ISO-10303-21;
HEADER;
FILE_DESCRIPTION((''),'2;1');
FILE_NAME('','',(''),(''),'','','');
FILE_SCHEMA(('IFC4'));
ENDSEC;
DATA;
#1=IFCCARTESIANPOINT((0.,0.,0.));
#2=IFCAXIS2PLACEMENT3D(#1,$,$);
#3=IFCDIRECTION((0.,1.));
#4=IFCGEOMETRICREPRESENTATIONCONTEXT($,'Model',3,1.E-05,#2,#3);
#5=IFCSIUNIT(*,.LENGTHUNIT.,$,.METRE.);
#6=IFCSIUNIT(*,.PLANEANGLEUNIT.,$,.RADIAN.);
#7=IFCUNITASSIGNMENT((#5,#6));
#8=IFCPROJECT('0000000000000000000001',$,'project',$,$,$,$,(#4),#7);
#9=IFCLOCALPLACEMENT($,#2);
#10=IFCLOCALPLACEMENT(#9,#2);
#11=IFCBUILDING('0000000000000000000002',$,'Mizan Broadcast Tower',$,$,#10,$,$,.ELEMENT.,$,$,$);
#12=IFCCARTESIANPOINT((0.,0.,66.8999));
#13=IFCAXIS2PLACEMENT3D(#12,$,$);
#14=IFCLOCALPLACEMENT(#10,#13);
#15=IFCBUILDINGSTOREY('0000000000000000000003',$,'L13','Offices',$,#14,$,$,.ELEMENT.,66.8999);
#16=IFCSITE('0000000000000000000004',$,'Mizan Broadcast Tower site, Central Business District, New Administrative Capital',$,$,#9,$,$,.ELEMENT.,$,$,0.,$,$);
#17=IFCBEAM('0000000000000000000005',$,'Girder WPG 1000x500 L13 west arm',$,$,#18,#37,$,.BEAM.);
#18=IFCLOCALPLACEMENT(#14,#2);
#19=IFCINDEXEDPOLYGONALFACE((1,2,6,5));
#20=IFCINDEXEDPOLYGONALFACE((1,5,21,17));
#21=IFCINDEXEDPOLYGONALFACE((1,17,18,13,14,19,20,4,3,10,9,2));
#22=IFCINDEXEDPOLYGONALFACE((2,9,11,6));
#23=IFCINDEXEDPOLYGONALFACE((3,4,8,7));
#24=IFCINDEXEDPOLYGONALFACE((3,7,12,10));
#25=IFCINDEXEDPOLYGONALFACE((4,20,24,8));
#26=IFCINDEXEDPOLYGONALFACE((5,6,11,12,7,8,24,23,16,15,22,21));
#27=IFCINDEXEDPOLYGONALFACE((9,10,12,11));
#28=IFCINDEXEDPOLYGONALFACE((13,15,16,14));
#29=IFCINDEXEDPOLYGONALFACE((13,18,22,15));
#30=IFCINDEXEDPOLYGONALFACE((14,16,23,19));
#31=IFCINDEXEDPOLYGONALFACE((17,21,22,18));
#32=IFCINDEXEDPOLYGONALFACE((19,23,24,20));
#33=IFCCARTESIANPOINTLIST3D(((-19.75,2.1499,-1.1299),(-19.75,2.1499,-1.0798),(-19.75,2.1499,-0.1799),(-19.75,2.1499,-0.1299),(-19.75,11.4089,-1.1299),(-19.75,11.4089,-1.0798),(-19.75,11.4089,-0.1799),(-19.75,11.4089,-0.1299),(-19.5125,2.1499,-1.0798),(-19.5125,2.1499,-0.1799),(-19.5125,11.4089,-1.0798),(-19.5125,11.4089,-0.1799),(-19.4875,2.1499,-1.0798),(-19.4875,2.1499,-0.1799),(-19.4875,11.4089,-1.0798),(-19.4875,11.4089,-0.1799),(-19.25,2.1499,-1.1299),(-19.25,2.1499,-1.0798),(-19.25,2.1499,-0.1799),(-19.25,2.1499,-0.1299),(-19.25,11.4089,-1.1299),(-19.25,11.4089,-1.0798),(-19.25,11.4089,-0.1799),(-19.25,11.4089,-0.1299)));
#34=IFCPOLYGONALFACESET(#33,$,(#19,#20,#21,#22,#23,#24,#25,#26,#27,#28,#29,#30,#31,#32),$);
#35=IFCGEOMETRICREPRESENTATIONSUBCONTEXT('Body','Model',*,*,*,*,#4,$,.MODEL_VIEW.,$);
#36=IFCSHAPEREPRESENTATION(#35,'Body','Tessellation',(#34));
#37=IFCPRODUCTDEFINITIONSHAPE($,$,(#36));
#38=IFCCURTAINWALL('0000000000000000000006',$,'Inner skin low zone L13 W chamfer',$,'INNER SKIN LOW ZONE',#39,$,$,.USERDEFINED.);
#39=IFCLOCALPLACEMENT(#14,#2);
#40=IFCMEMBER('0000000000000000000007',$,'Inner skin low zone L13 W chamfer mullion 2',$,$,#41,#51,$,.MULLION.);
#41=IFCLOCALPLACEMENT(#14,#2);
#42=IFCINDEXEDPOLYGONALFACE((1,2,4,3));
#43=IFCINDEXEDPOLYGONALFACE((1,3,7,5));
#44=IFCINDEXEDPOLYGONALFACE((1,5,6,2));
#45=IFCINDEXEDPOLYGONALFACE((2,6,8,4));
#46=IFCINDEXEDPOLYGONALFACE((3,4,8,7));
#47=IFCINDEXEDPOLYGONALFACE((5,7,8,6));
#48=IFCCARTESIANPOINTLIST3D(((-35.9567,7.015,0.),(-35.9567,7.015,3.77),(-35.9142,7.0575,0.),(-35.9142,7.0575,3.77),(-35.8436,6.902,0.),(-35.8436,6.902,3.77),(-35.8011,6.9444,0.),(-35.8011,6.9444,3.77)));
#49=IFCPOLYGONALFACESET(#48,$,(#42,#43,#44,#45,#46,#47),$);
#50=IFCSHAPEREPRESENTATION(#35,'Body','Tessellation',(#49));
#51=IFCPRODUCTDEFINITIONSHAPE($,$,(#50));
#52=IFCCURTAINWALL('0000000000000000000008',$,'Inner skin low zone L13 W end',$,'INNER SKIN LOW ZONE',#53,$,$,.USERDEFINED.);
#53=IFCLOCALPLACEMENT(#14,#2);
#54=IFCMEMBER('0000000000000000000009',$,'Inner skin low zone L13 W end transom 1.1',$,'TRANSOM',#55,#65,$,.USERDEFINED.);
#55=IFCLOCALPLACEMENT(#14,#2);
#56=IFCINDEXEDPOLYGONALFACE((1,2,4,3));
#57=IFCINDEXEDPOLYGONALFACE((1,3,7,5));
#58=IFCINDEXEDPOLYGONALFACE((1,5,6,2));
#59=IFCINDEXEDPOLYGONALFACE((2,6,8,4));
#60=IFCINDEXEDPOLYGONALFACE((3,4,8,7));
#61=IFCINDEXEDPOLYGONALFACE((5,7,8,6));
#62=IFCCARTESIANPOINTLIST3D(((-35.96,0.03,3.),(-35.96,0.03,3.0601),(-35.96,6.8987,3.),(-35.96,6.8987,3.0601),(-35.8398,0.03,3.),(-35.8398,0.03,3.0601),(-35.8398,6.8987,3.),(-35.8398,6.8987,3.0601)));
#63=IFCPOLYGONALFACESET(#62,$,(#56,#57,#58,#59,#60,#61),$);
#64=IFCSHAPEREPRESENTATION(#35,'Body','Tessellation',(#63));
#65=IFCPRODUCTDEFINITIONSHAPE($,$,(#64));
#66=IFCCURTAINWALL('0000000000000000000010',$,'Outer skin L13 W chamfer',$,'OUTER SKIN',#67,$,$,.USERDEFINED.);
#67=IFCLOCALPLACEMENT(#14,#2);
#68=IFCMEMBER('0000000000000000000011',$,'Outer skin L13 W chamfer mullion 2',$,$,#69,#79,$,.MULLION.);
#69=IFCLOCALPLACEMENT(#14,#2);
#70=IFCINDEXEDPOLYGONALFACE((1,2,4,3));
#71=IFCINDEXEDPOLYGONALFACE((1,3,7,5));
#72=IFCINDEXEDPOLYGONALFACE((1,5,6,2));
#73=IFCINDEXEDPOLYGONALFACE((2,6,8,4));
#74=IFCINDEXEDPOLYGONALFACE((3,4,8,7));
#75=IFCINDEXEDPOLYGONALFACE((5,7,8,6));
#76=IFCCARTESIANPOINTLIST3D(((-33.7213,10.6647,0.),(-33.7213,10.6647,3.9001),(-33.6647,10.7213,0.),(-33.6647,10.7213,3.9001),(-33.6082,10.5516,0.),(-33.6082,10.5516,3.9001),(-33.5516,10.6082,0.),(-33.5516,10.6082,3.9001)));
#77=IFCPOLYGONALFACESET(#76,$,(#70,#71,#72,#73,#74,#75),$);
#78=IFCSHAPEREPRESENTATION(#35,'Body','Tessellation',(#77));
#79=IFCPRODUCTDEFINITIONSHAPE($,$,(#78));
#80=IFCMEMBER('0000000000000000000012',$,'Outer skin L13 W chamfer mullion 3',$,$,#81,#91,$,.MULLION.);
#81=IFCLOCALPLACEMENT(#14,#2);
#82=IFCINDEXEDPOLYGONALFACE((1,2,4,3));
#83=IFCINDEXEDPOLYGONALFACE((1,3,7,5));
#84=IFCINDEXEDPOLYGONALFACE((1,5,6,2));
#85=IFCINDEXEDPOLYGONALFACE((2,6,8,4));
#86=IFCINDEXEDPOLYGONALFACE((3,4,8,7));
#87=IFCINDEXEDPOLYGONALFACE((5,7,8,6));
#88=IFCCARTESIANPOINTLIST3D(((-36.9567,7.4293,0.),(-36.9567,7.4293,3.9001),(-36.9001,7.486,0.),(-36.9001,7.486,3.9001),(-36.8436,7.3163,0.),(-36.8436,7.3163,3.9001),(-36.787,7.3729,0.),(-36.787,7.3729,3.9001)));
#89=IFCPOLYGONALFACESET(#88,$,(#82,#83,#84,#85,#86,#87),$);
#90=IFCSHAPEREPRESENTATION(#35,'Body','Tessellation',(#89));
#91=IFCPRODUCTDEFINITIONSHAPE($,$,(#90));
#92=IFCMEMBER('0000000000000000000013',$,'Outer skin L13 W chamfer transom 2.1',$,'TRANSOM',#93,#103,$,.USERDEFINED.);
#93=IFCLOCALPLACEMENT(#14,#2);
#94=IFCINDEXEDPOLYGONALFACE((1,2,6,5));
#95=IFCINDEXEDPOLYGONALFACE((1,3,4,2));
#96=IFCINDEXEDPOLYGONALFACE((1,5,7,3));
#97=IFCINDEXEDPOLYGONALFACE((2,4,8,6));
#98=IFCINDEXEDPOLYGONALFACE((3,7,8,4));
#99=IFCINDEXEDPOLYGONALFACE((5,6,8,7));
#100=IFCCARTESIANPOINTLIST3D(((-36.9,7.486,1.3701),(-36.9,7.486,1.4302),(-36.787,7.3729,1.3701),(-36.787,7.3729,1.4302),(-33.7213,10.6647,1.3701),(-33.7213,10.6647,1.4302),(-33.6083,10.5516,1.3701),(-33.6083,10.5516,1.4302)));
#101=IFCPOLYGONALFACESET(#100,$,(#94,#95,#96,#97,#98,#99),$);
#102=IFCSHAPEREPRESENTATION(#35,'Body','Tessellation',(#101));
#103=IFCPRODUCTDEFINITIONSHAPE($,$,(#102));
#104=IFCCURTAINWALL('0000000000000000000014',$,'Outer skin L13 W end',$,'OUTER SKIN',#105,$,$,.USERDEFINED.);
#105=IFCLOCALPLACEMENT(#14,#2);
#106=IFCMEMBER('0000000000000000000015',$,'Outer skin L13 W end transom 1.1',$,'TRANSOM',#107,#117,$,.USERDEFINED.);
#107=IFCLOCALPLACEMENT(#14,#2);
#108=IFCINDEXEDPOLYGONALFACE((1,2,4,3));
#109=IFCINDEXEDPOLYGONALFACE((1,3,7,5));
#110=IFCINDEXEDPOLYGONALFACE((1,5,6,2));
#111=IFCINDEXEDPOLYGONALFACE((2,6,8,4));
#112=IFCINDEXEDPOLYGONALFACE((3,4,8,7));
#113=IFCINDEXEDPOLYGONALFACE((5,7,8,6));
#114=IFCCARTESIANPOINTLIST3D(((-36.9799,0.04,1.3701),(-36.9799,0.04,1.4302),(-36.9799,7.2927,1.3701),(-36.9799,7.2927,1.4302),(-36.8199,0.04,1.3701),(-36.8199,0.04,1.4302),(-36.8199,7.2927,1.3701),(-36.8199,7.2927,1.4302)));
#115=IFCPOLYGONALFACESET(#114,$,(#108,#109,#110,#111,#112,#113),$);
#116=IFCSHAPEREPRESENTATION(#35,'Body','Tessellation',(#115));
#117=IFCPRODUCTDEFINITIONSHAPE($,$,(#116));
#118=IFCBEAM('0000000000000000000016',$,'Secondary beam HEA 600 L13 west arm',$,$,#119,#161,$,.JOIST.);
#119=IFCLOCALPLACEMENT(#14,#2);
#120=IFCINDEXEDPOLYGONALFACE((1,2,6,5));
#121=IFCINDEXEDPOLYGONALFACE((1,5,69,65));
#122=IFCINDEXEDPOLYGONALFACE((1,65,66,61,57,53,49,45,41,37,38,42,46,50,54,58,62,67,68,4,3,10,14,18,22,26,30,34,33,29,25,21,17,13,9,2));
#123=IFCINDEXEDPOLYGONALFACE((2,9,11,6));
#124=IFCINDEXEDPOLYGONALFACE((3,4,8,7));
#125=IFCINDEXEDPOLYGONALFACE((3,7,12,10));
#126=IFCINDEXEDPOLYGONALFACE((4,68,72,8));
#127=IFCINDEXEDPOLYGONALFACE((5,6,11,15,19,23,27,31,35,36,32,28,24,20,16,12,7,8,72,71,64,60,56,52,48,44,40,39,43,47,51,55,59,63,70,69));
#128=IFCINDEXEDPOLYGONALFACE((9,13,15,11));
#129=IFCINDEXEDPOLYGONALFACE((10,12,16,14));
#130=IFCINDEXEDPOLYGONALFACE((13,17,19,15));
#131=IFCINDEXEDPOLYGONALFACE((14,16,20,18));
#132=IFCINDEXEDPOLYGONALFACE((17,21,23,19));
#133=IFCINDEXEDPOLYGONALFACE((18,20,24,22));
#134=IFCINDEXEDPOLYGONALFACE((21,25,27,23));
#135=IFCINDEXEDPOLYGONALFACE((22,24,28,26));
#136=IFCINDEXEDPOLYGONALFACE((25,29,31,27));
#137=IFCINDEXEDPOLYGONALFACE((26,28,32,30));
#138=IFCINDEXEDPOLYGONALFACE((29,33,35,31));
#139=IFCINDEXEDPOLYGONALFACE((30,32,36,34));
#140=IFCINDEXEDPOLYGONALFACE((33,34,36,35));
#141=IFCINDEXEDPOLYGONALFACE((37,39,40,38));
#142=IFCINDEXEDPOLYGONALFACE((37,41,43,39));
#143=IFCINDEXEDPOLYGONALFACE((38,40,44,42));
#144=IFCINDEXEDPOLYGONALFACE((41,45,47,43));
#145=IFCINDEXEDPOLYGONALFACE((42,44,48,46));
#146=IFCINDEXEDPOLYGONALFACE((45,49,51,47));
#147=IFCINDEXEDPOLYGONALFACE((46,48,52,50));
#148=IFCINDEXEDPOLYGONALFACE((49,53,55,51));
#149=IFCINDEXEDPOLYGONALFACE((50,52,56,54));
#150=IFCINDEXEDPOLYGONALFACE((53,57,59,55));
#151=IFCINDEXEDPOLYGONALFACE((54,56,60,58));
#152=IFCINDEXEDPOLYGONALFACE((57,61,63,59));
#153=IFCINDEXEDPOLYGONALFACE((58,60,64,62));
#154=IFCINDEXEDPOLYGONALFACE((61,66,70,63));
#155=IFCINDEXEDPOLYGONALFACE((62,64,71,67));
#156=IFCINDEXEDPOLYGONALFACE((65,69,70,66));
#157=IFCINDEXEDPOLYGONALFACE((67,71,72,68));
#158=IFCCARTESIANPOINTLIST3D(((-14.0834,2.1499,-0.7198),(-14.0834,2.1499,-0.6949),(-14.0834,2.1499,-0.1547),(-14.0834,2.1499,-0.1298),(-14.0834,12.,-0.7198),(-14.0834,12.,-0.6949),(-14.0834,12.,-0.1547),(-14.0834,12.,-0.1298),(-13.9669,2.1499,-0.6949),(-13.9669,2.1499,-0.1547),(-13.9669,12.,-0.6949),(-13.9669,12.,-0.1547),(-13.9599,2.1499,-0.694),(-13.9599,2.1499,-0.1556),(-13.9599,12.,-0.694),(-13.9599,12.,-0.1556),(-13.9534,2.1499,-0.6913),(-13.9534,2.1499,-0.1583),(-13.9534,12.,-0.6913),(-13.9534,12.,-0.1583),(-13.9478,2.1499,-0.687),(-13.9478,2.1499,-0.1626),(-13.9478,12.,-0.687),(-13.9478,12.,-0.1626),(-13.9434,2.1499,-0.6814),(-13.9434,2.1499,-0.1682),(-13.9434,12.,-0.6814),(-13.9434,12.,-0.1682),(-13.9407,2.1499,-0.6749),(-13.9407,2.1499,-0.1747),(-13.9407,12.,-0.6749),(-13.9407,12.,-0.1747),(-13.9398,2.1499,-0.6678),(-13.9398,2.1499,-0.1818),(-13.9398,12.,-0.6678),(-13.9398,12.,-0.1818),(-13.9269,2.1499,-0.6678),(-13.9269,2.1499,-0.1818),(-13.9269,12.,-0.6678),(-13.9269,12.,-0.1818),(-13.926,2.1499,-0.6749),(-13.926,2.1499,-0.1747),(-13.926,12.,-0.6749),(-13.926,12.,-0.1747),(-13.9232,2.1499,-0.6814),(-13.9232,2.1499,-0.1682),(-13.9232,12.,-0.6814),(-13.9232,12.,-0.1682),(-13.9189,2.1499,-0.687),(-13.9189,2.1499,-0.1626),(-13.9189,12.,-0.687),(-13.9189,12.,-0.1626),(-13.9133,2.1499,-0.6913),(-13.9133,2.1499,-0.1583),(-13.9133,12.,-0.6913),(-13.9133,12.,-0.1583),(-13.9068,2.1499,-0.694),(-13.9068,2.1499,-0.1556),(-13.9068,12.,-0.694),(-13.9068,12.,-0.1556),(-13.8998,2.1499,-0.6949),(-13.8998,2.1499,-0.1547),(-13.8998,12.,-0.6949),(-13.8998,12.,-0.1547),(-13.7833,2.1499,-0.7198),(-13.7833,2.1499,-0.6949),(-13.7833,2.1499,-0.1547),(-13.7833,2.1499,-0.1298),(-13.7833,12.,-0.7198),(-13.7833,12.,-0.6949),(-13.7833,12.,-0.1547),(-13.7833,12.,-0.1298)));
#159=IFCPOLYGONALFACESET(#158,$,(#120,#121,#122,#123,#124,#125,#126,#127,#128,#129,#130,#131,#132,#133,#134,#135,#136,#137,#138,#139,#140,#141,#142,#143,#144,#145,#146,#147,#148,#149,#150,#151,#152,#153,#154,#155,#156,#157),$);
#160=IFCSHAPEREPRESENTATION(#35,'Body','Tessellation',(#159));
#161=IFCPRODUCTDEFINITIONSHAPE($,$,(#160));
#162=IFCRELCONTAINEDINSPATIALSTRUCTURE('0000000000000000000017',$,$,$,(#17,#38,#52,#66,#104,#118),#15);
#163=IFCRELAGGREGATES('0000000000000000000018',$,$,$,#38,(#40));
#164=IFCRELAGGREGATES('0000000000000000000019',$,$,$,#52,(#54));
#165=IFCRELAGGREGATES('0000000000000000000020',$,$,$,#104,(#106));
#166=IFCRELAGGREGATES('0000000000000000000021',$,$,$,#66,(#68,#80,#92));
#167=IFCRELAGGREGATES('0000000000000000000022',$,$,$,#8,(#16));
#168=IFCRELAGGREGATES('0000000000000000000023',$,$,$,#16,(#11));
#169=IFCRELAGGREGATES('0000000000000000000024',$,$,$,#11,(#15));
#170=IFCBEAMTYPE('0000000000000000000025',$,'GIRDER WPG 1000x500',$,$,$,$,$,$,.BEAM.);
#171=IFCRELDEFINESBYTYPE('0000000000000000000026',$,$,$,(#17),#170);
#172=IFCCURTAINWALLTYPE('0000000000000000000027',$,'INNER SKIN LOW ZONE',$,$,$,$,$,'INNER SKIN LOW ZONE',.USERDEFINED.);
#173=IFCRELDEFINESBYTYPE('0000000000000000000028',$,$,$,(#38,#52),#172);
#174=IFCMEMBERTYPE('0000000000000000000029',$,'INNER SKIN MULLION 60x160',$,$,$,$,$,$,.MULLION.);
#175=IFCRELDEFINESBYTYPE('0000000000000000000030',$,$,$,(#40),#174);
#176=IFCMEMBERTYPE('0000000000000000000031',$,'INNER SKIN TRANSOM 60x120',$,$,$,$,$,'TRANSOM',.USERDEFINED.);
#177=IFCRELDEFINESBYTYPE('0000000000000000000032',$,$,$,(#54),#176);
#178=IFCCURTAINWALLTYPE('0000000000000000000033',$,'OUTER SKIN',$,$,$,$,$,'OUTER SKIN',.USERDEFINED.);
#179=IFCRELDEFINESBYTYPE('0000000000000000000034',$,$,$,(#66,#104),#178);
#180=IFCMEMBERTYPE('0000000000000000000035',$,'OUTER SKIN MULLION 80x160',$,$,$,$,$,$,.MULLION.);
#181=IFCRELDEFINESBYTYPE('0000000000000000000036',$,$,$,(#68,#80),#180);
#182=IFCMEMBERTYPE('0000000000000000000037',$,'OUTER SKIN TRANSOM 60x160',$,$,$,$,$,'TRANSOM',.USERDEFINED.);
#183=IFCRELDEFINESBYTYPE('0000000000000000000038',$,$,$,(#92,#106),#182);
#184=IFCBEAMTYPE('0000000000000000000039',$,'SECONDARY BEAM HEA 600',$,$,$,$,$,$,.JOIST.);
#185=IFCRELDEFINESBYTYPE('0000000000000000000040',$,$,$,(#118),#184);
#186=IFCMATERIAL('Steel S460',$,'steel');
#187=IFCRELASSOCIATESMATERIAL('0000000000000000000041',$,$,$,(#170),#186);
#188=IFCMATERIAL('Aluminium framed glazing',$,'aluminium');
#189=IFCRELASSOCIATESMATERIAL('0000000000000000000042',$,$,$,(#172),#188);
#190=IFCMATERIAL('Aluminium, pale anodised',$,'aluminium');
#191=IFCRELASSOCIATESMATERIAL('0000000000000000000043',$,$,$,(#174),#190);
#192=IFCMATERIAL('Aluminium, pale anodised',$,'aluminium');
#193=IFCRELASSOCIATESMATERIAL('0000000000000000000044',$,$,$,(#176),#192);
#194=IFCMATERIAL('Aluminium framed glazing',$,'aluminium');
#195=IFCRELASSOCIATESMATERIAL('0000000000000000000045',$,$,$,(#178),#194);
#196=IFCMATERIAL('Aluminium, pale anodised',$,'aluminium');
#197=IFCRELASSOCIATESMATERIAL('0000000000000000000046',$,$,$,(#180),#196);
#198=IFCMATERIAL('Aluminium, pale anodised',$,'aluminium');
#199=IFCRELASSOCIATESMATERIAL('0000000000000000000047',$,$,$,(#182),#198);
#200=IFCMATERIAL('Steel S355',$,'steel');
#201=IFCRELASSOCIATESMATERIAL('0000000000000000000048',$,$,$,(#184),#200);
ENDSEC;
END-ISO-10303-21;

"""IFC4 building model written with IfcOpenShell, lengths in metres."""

from ifc_helpers import new_model, si_unit, direction, frame, origin, origin_2d, place, context, subcontext, project, spatial, rectangle, i_section, extrude, material, material_profile, profile_set, type_object, element, aggregate, save


model = new_model("IFC4")

# Units and contexts
model_context = context("Model", 3, precision=1e-05, world=origin(), true_north=direction((0.0, 1.0)))
body_context = subcontext(model_context, "Body", "Model", "MODEL_VIEW")
ifc_project = project(units=[si_unit("LENGTHUNIT", "METRE"), si_unit("PLANEANGLEUNIT", "RADIAN")], contexts=[model_context])

# Site, building, storey
site_placement = place(None, origin())
site = spatial("IfcSite", under=ifc_project, at=site_placement, Name="Mizan Broadcast Tower site, Central Business District, New Administrative Capital", CompositionType="ELEMENT", RefElevation=0.0)
building_placement = place(site_placement, origin())
building = spatial("IfcBuilding", under=site, at=building_placement, Name="Mizan Broadcast Tower", CompositionType="ELEMENT")
storey_placement = place(building_placement, frame((0.0, 0.0, 66.8999)))
storey = spatial("IfcBuildingStorey", under=building, at=storey_placement, Name="L13", Description="Offices", CompositionType="ELEMENT", Elevation=66.8999)

# Beam
ifc_material_1 = material(Name="Steel S460", Category="steel")
ifc_material_profile_1 = material_profile(ifc_material_1, i_section(OverallWidth=0.5, OverallDepth=1.0, WebThickness=0.0249, FlangeThickness=0.05, at=origin_2d()), Name="WPG 1000x500")
ifc_profile_set_1 = profile_set([ifc_material_profile_1], Name="Steel S460")
beam_type_1 = type_object("IfcBeamType", Name="GIRDER WPG 1000x500", PredefinedType="BEAM", material=ifc_profile_set_1)
beam_1_placement = place(storey_placement, frame((-19.5, 11.4089, -0.6299), z_axis=(0.0, -1.0, 0.0), x_axis=(1.0, 0.0, 0.0)))
element("IfcBeam", 1, at=beam_1_placement, inside=storey, type_object=beam_type_1, Name="Girder WPG 1000x500 L13 west arm", PredefinedType="BEAM", context=body_context, shape_type="SweptSolid", body=[
    extrude(i_section(OverallWidth=0.5, OverallDepth=1.0, WebThickness=0.0249, FlangeThickness=0.05, at=origin_2d()), origin(), (0.0, 0.0, 1.0), 9.259),
])

# Curtain walls, members
ifc_material_2 = material(Name="Aluminium framed glazing", Category="aluminium")
curtain_wall_type_1 = type_object("IfcCurtainWallType", Name="INNER SKIN LOW ZONE", ElementType="INNER SKIN LOW ZONE", PredefinedType="USERDEFINED", material=ifc_material_2)
curtain_wall_1_placement = place(storey_placement, origin())
curtain_wall_1 = element("IfcCurtainWall", 2, at=curtain_wall_1_placement, inside=storey, type_object=curtain_wall_type_1, Name="Inner skin low zone L13 W chamfer", ObjectType="INNER SKIN LOW ZONE", PredefinedType="USERDEFINED")
ifc_material_3 = material(Name="Aluminium, pale anodised", Category="aluminium")
ifc_material_profile_2 = material_profile(ifc_material_3, rectangle(XDim=0.1599, YDim=0.0601, at=origin_2d()), Name="MULLION 160x60")
ifc_profile_set_2 = profile_set([ifc_material_profile_2], Name="Aluminium, pale anodised")
member_type_1 = type_object("IfcMemberType", Name="INNER SKIN MULLION 60x160", PredefinedType="MULLION", material=ifc_profile_set_2)
member_1_placement = place(storey_placement, frame((-35.8789, 6.9797, 0.0), z_axis=(0.0, 0.0, 1.0), x_axis=(0.707107, -0.707107, 0.0)))
member_1 = element("IfcMember", 3, at=member_1_placement, type_object=member_type_1, Name="Inner skin low zone L13 W chamfer mullion 2", PredefinedType="MULLION", context=body_context, shape_type="SweptSolid", body=[
    extrude(rectangle(XDim=0.1599, YDim=0.0601, at=origin_2d()), origin(), (0.0, 0.0, 1.0), 3.77),
])
curtain_wall_2_placement = place(storey_placement, origin())
curtain_wall_2 = element("IfcCurtainWall", 4, at=curtain_wall_2_placement, inside=storey, type_object=curtain_wall_type_1, Name="Inner skin low zone L13 W end", ObjectType="INNER SKIN LOW ZONE", PredefinedType="USERDEFINED")
ifc_material_4 = material(Name="Aluminium, pale anodised", Category="aluminium")
ifc_material_profile_3 = material_profile(ifc_material_4, rectangle(XDim=0.1201, YDim=0.0601, at=origin_2d()), Name="TRANSOM 120x60")
ifc_profile_set_3 = profile_set([ifc_material_profile_3], Name="Aluminium, pale anodised")
member_type_2 = type_object("IfcMemberType", Name="INNER SKIN TRANSOM 60x120", ElementType="TRANSOM", PredefinedType="USERDEFINED", material=ifc_profile_set_3)
member_2_placement = place(storey_placement, frame((-35.8999, 6.8987, 3.03), z_axis=(0.0, -1.0, 0.0), x_axis=(1.0, 0.0, 0.0)))
member_2 = element("IfcMember", 5, at=member_2_placement, type_object=member_type_2, Name="Inner skin low zone L13 W end transom 1.1", ObjectType="TRANSOM", PredefinedType="USERDEFINED", context=body_context, shape_type="SweptSolid", body=[
    extrude(rectangle(XDim=0.1201, YDim=0.0601, at=origin_2d()), origin(), (0.0, 0.0, 1.0), 6.8687),
])

# Curtain wall, members
ifc_material_5 = material(Name="Aluminium framed glazing", Category="aluminium")
curtain_wall_type_2 = type_object("IfcCurtainWallType", Name="OUTER SKIN", ElementType="OUTER SKIN", PredefinedType="USERDEFINED", material=ifc_material_5)
curtain_wall_3_placement = place(storey_placement, origin())
curtain_wall_3 = element("IfcCurtainWall", 6, at=curtain_wall_3_placement, inside=storey, type_object=curtain_wall_type_2, Name="Outer skin L13 W chamfer", ObjectType="OUTER SKIN", PredefinedType="USERDEFINED")
ifc_material_6 = material(Name="Aluminium, pale anodised", Category="aluminium")
ifc_material_profile_4 = material_profile(ifc_material_6, rectangle(XDim=0.1599, YDim=0.0801, at=origin_2d()), Name="MULLION 160x80")
ifc_profile_set_4 = profile_set([ifc_material_profile_4], Name="Aluminium, pale anodised")
member_type_3 = type_object("IfcMemberType", Name="OUTER SKIN MULLION 80x160", PredefinedType="MULLION", material=ifc_profile_set_4)
member_3_placement = place(storey_placement, frame((-33.6365, 10.6365, 0.0), z_axis=(0.0, 0.0, 1.0), x_axis=(0.707107, -0.707107, 0.0)))
member_3 = element("IfcMember", 7, at=member_3_placement, type_object=member_type_3, Name="Outer skin L13 W chamfer mullion 2", PredefinedType="MULLION", context=body_context, shape_type="SweptSolid", body=[
    extrude(rectangle(XDim=0.1599, YDim=0.0801, at=origin_2d()), origin(), (0.0, 0.0, 1.0), 3.9001),
])
member_4_placement = place(storey_placement, frame((-36.8718, 7.4011, 0.0), z_axis=(0.0, 0.0, 1.0), x_axis=(0.707107, -0.707107, 0.0)))
member_4 = element("IfcMember", 8, at=member_4_placement, type_object=member_type_3, Name="Outer skin L13 W chamfer mullion 3", PredefinedType="MULLION", context=body_context, shape_type="SweptSolid", body=[
    extrude(rectangle(XDim=0.1599, YDim=0.0801, at=origin_2d()), origin(), (0.0, 0.0, 1.0), 3.9001),
])
ifc_material_7 = material(Name="Aluminium, pale anodised", Category="aluminium")
ifc_material_profile_5 = material_profile(ifc_material_7, rectangle(XDim=0.1599, YDim=0.0601, at=origin_2d()), Name="TRANSOM 160x60")
ifc_profile_set_5 = profile_set([ifc_material_profile_5], Name="Aluminium, pale anodised")
member_type_4 = type_object("IfcMemberType", Name="OUTER SKIN TRANSOM 60x160", ElementType="TRANSOM", PredefinedType="USERDEFINED", material=ifc_profile_set_5)
member_5_placement = place(storey_placement, frame((-33.6648, 10.6082, 1.4001), z_axis=(-0.707107, -0.707107, 0.0), x_axis=(0.707107, -0.707107, 0.0)))
member_5 = element("IfcMember", 9, at=member_5_placement, type_object=member_type_4, Name="Outer skin L13 W chamfer transom 2.1", ObjectType="TRANSOM", PredefinedType="USERDEFINED", context=body_context, shape_type="SweptSolid", body=[
    extrude(rectangle(XDim=0.1599, YDim=0.0601, at=origin_2d()), origin(), (0.0, 0.0, 1.0), 4.4954),
])

# Curtain wall, member
curtain_wall_4_placement = place(storey_placement, origin())
curtain_wall_4 = element("IfcCurtainWall", 10, at=curtain_wall_4_placement, inside=storey, type_object=curtain_wall_type_2, Name="Outer skin L13 W end", ObjectType="OUTER SKIN", PredefinedType="USERDEFINED")
member_6_placement = place(storey_placement, frame((-36.8999, 7.2927, 1.4001), z_axis=(0.0, -1.0, 0.0), x_axis=(1.0, 0.0, 0.0)))
member_6 = element("IfcMember", 11, at=member_6_placement, type_object=member_type_4, Name="Outer skin L13 W end transom 1.1", ObjectType="TRANSOM", PredefinedType="USERDEFINED", context=body_context, shape_type="SweptSolid", body=[
    extrude(rectangle(XDim=0.1599, YDim=0.0601, at=origin_2d()), origin(), (0.0, 0.0, 1.0), 7.2527),
])

# Beam
ifc_material_8 = material(Name="Steel S355", Category="steel")
ifc_material_profile_6 = material_profile(ifc_material_8, i_section(OverallWidth=0.3, OverallDepth=0.5901, WebThickness=0.0129, FlangeThickness=0.0249, FilletRadius=0.0271, at=origin_2d()), Name="HEA 600")
ifc_profile_set_6 = profile_set([ifc_material_profile_6], Name="Steel S355")
beam_type_2 = type_object("IfcBeamType", Name="SECONDARY BEAM HEA 600", PredefinedType="JOIST", material=ifc_profile_set_6)
for number, where, z_axis, x_axis, name in (
    (12, (-13.9333, 12.0, -0.4248), (0.0, -1.0, 0.0), (1.0, 0.0, 0.0), "Secondary beam HEA 600 L13 west arm"),
):
    element("IfcBeam", number, at=place(storey_placement, frame(where, z_axis=z_axis, x_axis=x_axis)), inside=storey, type_object=beam_type_2, Name=name, PredefinedType="JOIST", context=body_context, shape_type="SweptSolid", body=[
        extrude(i_section(OverallWidth=0.3, OverallDepth=0.5901, WebThickness=0.0129, FlangeThickness=0.0249, FilletRadius=0.0271, at=origin_2d()), origin(), (0.0, 0.0, 1.0), 9.8501),
    ])

aggregate(curtain_wall_1, [member_1])
aggregate(curtain_wall_2, [member_2])
aggregate(curtain_wall_4, [member_6])
aggregate(curtain_wall_3, [member_3, member_4, member_5])

save(model, "model.ifc")
